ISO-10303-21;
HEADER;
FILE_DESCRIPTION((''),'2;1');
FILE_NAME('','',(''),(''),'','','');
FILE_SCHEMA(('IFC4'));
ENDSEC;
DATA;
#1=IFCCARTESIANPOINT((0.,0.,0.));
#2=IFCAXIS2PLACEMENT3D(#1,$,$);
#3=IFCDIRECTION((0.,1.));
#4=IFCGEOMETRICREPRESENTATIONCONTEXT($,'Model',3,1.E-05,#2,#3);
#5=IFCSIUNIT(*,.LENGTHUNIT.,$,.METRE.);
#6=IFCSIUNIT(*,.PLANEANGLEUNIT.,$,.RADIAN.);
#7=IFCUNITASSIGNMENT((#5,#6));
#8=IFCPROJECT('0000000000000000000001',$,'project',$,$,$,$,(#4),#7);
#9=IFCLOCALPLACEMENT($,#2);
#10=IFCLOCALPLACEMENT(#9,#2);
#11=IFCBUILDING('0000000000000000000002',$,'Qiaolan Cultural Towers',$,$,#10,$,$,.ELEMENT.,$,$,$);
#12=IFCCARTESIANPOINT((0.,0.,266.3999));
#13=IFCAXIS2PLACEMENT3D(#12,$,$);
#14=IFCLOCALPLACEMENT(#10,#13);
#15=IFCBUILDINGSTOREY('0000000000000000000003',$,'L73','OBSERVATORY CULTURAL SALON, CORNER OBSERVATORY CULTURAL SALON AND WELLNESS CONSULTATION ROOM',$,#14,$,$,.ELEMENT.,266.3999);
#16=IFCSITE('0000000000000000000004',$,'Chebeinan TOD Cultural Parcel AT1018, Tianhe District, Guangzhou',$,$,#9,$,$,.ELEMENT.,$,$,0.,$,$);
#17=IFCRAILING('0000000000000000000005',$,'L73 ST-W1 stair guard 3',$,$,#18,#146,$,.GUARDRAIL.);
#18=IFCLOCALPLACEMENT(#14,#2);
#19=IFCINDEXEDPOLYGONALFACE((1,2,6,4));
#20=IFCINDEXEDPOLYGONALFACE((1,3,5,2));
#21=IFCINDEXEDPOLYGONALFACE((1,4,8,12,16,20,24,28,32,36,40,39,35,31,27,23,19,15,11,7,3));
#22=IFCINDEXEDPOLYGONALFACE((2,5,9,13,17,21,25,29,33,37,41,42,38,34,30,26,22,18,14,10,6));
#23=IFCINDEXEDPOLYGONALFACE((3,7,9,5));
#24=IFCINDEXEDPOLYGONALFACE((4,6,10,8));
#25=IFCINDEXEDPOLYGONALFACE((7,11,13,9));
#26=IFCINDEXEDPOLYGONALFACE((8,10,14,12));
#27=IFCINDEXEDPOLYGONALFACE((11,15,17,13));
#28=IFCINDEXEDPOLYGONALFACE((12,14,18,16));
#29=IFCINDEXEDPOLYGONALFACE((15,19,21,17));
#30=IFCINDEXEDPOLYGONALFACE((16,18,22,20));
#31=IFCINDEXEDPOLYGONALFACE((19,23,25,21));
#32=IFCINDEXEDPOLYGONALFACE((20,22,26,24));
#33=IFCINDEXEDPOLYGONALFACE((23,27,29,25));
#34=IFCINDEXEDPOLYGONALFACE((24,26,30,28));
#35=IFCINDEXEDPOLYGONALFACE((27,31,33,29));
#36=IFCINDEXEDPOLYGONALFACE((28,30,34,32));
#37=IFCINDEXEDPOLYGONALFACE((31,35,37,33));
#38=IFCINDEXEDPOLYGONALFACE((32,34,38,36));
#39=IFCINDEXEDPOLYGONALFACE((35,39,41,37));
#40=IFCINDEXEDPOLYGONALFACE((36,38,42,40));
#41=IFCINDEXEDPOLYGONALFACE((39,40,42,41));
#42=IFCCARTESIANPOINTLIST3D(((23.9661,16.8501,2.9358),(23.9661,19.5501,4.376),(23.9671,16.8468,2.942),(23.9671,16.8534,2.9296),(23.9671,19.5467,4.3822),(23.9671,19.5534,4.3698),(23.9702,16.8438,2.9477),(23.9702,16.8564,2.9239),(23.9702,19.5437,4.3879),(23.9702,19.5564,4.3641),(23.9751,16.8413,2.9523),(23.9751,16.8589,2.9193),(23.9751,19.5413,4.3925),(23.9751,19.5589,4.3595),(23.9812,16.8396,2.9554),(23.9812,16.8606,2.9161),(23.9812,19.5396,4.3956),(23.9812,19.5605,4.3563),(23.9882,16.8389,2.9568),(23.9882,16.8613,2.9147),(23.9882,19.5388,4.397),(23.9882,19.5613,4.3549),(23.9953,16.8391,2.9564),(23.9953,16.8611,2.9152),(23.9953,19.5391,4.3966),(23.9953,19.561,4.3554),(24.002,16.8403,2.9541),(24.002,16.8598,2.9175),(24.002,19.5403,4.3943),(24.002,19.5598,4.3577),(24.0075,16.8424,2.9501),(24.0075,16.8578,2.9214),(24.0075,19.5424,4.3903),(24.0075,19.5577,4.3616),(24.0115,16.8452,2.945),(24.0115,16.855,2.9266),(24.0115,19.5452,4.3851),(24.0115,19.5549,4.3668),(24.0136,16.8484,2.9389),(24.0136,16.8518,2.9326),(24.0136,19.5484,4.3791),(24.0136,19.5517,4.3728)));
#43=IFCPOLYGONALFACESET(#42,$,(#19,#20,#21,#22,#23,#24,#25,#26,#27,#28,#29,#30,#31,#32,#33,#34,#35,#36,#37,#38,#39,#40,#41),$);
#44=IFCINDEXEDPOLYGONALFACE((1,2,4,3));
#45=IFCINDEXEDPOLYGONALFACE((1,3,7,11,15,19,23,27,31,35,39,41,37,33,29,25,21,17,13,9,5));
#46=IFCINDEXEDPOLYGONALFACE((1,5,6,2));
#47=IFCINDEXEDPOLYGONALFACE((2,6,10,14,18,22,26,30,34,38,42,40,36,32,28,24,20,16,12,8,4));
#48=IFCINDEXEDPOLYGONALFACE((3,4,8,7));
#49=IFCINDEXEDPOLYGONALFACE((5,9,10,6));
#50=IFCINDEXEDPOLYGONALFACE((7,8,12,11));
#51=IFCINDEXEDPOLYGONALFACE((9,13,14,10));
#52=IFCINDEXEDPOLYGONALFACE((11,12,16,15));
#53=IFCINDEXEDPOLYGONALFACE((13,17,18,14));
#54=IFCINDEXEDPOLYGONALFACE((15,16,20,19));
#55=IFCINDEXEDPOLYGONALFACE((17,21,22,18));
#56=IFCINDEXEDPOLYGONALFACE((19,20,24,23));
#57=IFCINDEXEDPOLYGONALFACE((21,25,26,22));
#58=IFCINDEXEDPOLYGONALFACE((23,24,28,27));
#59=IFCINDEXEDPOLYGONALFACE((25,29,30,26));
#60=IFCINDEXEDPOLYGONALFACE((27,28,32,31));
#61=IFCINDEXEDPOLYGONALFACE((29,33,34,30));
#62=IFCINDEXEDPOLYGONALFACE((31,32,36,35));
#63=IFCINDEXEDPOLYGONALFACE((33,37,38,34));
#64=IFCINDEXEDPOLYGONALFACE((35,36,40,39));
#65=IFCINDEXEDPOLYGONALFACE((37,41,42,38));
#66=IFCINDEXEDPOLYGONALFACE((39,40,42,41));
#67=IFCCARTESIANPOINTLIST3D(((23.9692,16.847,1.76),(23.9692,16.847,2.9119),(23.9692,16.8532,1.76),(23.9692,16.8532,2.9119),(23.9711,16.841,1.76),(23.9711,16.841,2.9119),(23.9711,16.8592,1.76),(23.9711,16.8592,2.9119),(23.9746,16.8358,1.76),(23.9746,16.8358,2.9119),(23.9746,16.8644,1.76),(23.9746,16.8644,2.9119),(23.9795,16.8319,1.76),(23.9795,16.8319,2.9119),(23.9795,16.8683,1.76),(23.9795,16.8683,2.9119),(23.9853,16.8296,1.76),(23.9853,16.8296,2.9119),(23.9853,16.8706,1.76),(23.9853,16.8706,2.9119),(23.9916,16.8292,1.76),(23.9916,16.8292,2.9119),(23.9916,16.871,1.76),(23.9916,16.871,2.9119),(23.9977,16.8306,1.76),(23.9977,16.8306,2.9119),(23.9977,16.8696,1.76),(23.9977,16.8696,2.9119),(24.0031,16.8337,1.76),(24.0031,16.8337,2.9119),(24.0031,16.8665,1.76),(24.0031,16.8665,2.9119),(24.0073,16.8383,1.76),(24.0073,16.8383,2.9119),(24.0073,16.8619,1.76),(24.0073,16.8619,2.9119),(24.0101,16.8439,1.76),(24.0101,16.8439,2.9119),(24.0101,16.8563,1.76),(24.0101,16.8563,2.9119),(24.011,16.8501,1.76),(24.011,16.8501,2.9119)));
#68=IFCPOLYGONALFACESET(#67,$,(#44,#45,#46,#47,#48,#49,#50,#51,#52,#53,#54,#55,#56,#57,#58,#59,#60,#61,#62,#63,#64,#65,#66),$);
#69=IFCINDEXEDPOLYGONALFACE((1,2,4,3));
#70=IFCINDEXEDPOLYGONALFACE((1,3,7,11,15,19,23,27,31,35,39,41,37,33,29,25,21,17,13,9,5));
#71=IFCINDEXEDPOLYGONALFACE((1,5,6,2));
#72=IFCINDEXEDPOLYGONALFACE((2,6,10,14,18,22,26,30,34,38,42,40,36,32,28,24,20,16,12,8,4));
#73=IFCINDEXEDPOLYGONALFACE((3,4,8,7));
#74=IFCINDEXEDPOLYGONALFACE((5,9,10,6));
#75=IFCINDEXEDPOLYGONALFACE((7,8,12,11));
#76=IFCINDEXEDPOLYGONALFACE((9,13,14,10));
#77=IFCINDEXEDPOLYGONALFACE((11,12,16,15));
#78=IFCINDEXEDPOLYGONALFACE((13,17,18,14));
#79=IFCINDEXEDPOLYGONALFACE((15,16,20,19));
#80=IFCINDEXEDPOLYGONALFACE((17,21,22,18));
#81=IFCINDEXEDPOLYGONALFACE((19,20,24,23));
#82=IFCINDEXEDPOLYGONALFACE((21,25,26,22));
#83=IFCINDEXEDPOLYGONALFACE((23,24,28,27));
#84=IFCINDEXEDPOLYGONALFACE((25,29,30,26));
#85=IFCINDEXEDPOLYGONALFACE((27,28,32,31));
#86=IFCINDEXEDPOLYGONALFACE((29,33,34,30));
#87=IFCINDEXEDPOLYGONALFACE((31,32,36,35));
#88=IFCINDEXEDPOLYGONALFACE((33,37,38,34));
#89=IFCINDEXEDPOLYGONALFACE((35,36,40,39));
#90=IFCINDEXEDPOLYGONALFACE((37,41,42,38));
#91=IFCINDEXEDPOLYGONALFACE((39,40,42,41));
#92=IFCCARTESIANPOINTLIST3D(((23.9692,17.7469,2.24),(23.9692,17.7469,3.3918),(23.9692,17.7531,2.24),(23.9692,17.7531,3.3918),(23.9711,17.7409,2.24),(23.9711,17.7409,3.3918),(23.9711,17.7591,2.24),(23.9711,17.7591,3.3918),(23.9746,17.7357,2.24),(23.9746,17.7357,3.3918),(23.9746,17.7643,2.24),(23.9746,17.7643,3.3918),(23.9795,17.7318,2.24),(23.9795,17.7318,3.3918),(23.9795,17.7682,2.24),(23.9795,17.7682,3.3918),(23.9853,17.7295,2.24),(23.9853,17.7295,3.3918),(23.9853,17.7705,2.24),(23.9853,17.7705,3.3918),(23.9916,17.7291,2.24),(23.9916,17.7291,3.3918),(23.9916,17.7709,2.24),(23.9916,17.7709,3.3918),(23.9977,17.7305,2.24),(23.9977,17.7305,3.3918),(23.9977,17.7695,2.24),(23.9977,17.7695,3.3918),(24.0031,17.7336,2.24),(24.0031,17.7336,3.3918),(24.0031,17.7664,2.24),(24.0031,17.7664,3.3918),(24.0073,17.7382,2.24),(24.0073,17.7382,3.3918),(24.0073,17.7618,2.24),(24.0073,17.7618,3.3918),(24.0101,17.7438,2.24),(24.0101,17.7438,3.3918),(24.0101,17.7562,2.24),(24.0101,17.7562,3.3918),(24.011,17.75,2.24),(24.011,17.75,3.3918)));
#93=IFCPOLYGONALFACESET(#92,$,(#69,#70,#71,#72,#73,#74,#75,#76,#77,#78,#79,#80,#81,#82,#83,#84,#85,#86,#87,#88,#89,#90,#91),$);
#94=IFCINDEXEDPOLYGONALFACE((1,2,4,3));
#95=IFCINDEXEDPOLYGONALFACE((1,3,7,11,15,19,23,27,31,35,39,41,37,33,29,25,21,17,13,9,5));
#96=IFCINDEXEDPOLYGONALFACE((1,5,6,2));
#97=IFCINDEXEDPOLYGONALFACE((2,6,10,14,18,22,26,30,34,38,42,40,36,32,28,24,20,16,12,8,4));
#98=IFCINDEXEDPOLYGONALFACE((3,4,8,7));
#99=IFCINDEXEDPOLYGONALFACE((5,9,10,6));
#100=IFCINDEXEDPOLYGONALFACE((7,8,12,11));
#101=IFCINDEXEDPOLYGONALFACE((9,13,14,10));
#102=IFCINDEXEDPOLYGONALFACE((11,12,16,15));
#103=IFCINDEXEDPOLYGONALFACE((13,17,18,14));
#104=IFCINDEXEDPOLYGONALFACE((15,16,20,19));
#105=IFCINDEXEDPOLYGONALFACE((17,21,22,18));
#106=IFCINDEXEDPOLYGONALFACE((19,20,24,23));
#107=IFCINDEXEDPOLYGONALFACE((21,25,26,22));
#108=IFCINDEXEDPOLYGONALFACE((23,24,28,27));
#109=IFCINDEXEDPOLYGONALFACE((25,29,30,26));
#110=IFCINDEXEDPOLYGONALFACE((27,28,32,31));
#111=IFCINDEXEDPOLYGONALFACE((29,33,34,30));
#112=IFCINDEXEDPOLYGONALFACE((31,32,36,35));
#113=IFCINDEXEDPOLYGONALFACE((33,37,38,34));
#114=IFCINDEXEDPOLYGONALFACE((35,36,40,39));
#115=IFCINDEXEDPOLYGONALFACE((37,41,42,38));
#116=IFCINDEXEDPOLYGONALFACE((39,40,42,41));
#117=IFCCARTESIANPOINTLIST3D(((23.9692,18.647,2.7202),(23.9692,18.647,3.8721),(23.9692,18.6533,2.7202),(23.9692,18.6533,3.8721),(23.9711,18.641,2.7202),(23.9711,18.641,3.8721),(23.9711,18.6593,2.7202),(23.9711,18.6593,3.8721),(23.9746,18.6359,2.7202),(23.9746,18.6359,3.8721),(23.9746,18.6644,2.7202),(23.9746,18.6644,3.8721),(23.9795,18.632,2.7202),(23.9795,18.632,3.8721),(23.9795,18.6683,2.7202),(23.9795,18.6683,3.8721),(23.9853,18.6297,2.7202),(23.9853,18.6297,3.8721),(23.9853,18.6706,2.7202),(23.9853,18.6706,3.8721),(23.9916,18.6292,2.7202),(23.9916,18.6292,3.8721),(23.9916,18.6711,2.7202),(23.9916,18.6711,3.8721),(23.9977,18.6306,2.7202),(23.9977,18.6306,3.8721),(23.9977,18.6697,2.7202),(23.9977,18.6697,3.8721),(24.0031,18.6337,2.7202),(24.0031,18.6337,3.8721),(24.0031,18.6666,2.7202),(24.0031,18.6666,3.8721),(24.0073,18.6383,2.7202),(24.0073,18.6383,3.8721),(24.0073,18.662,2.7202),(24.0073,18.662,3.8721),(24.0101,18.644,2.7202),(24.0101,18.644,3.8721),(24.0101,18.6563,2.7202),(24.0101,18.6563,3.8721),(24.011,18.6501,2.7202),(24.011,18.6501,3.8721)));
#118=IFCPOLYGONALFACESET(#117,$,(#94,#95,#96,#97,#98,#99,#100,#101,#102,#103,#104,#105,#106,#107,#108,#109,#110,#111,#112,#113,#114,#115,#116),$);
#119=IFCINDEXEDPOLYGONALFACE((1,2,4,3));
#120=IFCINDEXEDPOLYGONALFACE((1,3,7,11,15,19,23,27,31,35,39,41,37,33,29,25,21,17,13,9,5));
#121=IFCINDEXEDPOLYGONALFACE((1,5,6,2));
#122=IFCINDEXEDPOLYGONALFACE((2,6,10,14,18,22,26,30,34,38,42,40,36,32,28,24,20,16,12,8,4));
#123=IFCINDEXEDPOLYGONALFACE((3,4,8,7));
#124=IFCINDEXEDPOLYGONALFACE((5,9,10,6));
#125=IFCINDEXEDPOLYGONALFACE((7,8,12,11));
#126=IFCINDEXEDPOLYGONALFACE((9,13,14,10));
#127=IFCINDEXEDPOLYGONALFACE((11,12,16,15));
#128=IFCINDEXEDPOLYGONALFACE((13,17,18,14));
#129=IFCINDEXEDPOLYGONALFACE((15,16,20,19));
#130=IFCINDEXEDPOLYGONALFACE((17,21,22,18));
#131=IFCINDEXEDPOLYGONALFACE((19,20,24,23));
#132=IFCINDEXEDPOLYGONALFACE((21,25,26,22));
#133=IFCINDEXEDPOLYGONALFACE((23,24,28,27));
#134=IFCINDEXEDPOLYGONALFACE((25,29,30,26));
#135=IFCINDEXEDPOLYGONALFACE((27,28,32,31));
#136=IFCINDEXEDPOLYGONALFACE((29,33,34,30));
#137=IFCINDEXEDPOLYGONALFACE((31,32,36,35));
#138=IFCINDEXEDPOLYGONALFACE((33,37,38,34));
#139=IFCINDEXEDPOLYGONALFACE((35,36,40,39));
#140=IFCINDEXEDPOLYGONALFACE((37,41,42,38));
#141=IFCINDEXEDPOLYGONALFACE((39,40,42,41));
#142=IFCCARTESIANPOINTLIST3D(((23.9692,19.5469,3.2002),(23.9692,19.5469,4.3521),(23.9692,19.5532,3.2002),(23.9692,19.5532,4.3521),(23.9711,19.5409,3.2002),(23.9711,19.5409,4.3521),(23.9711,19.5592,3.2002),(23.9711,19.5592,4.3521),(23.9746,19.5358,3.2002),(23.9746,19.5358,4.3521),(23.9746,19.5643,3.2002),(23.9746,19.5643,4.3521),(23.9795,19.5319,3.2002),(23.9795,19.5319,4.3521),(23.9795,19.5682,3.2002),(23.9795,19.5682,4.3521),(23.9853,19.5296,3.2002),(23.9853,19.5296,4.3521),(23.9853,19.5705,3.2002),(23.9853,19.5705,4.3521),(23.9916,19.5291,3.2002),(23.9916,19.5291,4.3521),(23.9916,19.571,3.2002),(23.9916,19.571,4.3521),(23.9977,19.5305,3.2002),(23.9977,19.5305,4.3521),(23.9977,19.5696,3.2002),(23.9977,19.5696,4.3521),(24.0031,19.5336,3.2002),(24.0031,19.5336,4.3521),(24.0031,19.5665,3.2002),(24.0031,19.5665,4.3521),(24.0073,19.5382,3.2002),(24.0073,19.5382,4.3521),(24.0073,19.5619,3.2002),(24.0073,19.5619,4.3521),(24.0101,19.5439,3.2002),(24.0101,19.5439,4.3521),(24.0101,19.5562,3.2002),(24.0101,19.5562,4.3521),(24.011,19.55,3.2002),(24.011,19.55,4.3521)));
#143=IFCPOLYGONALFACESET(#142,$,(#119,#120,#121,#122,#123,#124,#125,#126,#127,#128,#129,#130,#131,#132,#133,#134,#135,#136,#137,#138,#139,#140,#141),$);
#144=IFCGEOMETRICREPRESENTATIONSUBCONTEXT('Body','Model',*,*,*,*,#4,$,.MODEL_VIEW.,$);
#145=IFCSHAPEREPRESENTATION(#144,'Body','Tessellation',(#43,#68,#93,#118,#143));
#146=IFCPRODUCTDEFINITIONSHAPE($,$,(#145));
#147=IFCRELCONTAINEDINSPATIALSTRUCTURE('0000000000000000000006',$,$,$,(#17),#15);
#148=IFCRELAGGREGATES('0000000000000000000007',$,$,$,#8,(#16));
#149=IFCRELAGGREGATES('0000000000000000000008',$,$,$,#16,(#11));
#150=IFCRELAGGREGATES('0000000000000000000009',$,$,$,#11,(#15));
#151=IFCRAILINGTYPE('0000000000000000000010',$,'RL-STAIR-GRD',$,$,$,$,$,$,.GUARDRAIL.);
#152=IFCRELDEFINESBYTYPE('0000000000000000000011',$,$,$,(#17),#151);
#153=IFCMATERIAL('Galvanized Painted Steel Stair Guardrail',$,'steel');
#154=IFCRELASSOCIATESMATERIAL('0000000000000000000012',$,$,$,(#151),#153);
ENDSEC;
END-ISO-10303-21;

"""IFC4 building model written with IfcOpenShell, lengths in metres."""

from ifc_helpers import new_model, si_unit, direction, frame, origin, origin_2d, place, context, subcontext, project, spatial, circle, extrude, material, type_object, element, save


model = new_model("IFC4")

# Units and contexts
model_context = context("Model", 3, precision=1e-05, world=origin(), true_north=direction((0.0, 1.0)))
body_context = subcontext(model_context, "Body", "Model", "MODEL_VIEW")
ifc_project = project(units=[si_unit("LENGTHUNIT", "METRE"), si_unit("PLANEANGLEUNIT", "RADIAN")], contexts=[model_context])

# Site, building, storey
site_placement = place(None, origin())
site = spatial("IfcSite", under=ifc_project, at=site_placement, Name="Chebeinan TOD Cultural Parcel AT1018, Tianhe District, Guangzhou", CompositionType="ELEMENT", RefElevation=0.0)
building_placement = place(site_placement, origin())
building = spatial("IfcBuilding", under=site, at=building_placement, Name="Qiaolan Cultural Towers", CompositionType="ELEMENT")
storey_placement = place(building_placement, frame((0.0, 0.0, 266.3999)))
storey = spatial("IfcBuildingStorey", under=building, at=storey_placement, Name="L73", Description="OBSERVATORY CULTURAL SALON, CORNER OBSERVATORY CULTURAL SALON AND WELLNESS CONSULTATION ROOM", CompositionType="ELEMENT", Elevation=266.3999)

# Railing
ifc_material_1 = material(Name="Galvanized Painted Steel Stair Guardrail", Category="steel")
railing_type = type_object("IfcRailingType", Name="RL-STAIR-GRD", PredefinedType="GUARDRAIL", material=ifc_material_1)
railing_1_placement = place(storey_placement, frame((23.99, 16.8501, 1.76)))
element("IfcRailing", 1, at=railing_1_placement, inside=storey, type_object=railing_type, Name="L73 ST-W1 stair guard 3", PredefinedType="GUARDRAIL", context=body_context, shape_type="SweptSolid", body=[
    extrude(circle(Radius=0.0239, at=origin_2d()), frame((0.0, 0.0, 1.1758), z_axis=(0.0, 0.882324, 0.470642), x_axis=(-1.0, 0.0, 0.0)), (0.0, 0.0, 1.0), 3.0601),
    extrude(circle(Radius=0.021, at=origin_2d()), origin(), (0.0, 0.0, 1.0), 1.1519),
    extrude(circle(Radius=0.021, at=origin_2d()), frame((0.0, 0.8999, 0.48)), (0.0, 0.0, 1.0), 1.1519),
    extrude(circle(Radius=0.021, at=origin_2d()), frame((0.0, 1.8, 0.9602)), (0.0, 0.0, 1.0), 1.1519),
    extrude(circle(Radius=0.021, at=origin_2d()), frame((0.0, 2.7, 1.4402)), (0.0, 0.0, 1.0), 1.1519),
])

save(model, "model.ifc")
